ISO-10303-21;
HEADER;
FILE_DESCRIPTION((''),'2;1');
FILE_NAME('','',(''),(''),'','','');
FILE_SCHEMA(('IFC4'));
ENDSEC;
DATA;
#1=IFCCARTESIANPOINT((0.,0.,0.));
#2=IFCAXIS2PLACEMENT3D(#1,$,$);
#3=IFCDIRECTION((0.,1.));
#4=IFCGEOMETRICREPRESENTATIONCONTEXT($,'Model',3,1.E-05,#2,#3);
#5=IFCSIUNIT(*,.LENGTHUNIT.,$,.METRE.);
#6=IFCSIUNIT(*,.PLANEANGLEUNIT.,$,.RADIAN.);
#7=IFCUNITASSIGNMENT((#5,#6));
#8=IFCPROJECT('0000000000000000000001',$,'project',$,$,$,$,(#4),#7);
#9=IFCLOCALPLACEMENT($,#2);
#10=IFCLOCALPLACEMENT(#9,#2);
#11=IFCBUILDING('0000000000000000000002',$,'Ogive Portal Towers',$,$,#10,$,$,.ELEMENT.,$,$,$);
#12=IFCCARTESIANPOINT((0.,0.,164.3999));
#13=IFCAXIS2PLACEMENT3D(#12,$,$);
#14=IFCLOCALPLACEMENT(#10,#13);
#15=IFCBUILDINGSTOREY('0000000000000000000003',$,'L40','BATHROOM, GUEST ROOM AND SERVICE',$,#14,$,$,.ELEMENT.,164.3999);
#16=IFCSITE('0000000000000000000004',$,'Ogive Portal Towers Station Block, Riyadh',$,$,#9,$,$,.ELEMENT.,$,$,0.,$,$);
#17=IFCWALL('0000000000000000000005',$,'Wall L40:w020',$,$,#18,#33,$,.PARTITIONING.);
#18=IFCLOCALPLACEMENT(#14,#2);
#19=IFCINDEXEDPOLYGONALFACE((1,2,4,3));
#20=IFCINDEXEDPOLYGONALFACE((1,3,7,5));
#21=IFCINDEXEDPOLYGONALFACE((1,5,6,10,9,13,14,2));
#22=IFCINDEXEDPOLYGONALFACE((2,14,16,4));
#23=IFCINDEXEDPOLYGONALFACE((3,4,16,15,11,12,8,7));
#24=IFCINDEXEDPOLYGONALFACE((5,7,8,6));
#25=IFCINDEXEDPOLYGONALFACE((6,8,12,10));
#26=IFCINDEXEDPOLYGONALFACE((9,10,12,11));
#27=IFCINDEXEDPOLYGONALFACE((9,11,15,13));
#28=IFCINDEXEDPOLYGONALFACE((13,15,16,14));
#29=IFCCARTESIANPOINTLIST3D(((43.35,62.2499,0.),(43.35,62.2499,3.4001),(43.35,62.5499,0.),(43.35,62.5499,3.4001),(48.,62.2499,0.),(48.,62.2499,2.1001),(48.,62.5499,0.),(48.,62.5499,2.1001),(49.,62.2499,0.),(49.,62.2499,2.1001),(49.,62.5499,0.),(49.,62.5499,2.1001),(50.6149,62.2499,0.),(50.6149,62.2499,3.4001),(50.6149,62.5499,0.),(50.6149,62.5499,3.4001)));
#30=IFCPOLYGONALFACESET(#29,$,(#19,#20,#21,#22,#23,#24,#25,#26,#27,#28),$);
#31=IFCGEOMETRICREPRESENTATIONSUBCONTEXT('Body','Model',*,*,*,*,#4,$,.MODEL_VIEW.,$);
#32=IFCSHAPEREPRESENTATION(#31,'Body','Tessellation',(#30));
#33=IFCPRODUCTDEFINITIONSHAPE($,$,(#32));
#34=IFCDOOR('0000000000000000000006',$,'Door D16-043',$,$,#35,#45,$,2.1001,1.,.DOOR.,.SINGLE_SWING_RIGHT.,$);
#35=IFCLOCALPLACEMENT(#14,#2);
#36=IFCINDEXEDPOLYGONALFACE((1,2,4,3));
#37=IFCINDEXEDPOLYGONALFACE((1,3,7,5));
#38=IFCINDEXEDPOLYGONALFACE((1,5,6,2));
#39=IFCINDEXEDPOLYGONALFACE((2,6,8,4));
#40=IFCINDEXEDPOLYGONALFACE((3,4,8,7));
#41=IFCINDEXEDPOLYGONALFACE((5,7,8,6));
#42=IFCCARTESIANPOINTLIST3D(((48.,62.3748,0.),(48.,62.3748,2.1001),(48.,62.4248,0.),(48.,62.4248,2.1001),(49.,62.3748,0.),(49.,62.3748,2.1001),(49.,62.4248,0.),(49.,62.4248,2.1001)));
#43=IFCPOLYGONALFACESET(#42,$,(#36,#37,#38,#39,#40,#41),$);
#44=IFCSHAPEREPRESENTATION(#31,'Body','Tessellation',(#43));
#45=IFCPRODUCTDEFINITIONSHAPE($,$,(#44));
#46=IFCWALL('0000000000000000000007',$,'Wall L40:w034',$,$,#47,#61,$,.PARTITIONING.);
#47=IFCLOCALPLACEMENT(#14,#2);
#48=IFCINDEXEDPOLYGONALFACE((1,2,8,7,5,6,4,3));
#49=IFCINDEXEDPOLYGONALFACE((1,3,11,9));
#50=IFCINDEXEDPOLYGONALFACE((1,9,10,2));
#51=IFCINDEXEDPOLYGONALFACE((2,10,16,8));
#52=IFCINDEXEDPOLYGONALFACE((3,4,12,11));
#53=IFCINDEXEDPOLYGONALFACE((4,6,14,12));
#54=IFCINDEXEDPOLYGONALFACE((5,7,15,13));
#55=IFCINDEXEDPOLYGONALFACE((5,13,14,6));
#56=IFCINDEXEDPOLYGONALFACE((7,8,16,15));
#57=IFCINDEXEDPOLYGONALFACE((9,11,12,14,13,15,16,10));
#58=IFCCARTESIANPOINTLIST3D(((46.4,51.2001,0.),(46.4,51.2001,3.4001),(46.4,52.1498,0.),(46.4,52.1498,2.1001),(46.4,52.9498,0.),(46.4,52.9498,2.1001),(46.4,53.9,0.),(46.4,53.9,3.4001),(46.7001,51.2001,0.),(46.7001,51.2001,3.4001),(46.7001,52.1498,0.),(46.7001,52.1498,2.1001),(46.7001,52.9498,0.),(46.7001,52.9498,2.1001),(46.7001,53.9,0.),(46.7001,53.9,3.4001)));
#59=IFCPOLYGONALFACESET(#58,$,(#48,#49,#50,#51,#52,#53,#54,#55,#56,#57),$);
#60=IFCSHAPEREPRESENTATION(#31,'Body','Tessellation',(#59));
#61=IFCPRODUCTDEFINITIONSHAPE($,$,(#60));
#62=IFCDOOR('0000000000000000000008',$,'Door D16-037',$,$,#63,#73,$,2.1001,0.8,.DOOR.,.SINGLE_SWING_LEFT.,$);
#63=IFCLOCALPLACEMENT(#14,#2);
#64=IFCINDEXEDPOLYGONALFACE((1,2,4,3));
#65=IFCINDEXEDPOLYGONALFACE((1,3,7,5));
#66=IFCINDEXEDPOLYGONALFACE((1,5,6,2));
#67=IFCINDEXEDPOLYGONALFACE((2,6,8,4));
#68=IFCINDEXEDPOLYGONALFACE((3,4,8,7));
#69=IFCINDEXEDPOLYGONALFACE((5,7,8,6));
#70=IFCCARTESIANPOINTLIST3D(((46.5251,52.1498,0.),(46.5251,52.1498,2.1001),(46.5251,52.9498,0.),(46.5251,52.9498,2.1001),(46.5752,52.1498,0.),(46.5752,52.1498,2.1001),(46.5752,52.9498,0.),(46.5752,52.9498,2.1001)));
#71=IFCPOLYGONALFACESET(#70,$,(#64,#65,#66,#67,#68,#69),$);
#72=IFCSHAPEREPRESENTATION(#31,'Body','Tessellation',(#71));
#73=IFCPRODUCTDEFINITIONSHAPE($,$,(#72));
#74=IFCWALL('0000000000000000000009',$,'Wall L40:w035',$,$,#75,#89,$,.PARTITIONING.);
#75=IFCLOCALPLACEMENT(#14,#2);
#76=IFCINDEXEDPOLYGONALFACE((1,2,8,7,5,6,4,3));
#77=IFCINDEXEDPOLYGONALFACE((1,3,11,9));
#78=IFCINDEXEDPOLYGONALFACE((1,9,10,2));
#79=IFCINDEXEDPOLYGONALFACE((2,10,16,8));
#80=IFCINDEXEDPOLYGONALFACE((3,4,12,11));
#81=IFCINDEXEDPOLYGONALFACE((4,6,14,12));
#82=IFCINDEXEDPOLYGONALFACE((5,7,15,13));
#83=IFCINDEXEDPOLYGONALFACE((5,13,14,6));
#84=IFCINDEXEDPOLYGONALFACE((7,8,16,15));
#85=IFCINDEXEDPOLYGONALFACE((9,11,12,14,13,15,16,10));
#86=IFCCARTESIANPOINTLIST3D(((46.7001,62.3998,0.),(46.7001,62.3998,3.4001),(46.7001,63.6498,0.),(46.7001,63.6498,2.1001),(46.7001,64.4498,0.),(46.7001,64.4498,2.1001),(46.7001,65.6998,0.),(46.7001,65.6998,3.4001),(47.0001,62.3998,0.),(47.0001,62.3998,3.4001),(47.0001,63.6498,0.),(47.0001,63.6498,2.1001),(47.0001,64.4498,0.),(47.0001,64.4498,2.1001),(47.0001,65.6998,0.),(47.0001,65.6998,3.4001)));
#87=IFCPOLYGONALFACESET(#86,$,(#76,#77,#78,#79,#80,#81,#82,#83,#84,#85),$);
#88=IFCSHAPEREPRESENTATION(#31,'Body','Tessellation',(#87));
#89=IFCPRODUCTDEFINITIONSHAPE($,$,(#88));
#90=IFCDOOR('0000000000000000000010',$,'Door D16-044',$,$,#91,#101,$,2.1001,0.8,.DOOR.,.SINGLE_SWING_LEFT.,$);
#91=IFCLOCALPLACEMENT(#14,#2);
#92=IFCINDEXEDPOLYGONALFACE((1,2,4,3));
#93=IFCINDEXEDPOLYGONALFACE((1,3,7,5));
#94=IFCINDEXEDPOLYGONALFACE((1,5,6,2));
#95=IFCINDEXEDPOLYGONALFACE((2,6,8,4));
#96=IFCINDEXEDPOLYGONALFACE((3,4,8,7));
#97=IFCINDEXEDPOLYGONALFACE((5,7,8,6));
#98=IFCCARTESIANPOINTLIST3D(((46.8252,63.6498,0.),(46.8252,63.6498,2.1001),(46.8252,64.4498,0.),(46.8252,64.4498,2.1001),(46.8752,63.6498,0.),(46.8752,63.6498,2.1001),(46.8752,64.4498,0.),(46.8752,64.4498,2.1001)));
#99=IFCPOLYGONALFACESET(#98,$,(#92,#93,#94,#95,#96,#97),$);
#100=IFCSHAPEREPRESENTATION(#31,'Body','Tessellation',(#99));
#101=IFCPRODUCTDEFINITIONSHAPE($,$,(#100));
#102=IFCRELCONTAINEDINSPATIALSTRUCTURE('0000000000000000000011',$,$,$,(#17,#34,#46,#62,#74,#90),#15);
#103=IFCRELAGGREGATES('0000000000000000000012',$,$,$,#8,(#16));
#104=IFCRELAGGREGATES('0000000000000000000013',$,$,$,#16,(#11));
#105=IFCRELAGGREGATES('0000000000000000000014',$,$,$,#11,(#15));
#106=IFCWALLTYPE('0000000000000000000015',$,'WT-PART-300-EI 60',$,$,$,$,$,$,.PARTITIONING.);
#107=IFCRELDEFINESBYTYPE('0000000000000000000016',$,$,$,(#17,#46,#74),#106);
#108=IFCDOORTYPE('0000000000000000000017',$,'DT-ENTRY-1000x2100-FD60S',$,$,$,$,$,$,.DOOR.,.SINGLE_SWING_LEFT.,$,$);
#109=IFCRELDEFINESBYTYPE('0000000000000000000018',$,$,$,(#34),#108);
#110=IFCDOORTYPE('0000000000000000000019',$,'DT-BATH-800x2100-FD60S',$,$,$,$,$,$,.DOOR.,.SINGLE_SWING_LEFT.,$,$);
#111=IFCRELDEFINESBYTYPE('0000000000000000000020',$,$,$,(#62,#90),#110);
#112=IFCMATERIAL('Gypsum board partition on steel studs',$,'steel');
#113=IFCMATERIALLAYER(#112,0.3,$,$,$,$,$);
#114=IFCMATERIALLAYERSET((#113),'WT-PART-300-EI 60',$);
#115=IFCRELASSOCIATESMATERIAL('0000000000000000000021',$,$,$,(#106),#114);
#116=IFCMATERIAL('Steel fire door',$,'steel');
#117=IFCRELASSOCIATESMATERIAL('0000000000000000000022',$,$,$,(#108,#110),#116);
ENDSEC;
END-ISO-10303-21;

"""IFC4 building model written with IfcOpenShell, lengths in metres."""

from ifc_helpers import new_model, si_unit, direction, frame, frame_2d, origin, place, context, subcontext, project, spatial, rectangle, extrude, material, layer, layer_set, type_object, element, fill, save


model = new_model("IFC4")

# Units and contexts
model_context = context("Model", 3, precision=1e-05, world=origin(), true_north=direction((0.0, 1.0)))
body_context = subcontext(model_context, "Body", "Model", "MODEL_VIEW")
ifc_project = project(units=[si_unit("LENGTHUNIT", "METRE"), si_unit("PLANEANGLEUNIT", "RADIAN")], contexts=[model_context])

# Site, building, storey
site_placement = place(None, origin())
site = spatial("IfcSite", under=ifc_project, at=site_placement, Name="Ogive Portal Towers Station Block, Riyadh", CompositionType="ELEMENT", RefElevation=0.0)
building_placement = place(site_placement, origin())
building = spatial("IfcBuilding", under=site, at=building_placement, Name="Ogive Portal Towers", CompositionType="ELEMENT")
storey_placement = place(building_placement, frame((0.0, 0.0, 164.3999)))
storey = spatial("IfcBuildingStorey", under=building, at=storey_placement, Name="L40", Description="BATHROOM, GUEST ROOM AND SERVICE", CompositionType="ELEMENT", Elevation=164.3999)

# Shared definitions
ifc_material_1 = material(Name="Gypsum board partition on steel studs", Category="steel")
ifc_layer_1 = layer(ifc_material_1, 0.3)
ifc_layer_set_1 = layer_set([ifc_layer_1], Name="WT-PART-300-EI 60")
wall_type_1 = type_object("IfcWallType", Name="WT-PART-300-EI 60", PredefinedType="PARTITIONING", material=ifc_layer_set_1)

# Walls, openings, doors
wall_1_placement = place(storey_placement, frame((43.3501, 62.3999, 0.0), z_axis=(0.0, 0.0, 1.0), x_axis=(1.0, 0.0, 0.0)))
wall_1 = element("IfcWall", 1, at=wall_1_placement, inside=storey, type_object=wall_type_1, Name="Wall L40:w020", PredefinedType="PARTITIONING", context=body_context, shape_type="SweptSolid", body=[
    extrude(rectangle(XDim=7.2649, YDim=0.3, at=frame_2d((3.6323, 0.0))), origin(), (0.0, 0.0, 1.0), 3.4001),
])
opening_1_placement = place(wall_1_placement, frame((4.6499, 0.0, 0.0)))
opening_1 = element("IfcOpeningElement", 2, at=opening_1_placement, cuts=wall_1, PredefinedType="OPENING", context=body_context, shape_type="SweptSolid", body=[
    extrude(rectangle(XDim=1.0, YDim=2.1001, at=frame_2d((0.5, 1.05))), frame((0.0, 0.1602, 0.0), z_axis=(0.0, -1.0, 0.0), x_axis=(1.0, 0.0, 0.0)), (0.0, 0.0, 1.0), 0.3201),
])
ifc_material_2 = material(Name="Steel fire door", Category="steel")
door_type_1 = type_object("IfcDoorType", Name="DT-ENTRY-1000x2100-FD60S", OperationType="SINGLE_SWING_LEFT", PredefinedType="DOOR", material=ifc_material_2)
door_1_placement = place(opening_1_placement, origin())
door_1 = element("IfcDoor", 3, at=door_1_placement, inside=storey, type_object=door_type_1, Name="Door D16-043", OperationType="SINGLE_SWING_RIGHT", OverallHeight=2.1001, OverallWidth=1.0, PredefinedType="DOOR", context=body_context, shape_type="SweptSolid", body=[
    extrude(rectangle(XDim=1.0, YDim=2.1001, at=frame_2d((0.5, 1.05))), frame((0.0, 0.0249, 0.0), z_axis=(0.0, -1.0, 0.0), x_axis=(1.0, 0.0, 0.0)), (0.0, 0.0, 1.0), 0.05),
])
fill(opening_1, door_1)
wall_2_placement = place(storey_placement, frame((46.55, 51.2, 0.0), z_axis=(0.0, 0.0, 1.0), x_axis=(0.0, 1.0, 0.0)))
wall_2 = element("IfcWall", 4, at=wall_2_placement, inside=storey, type_object=wall_type_1, Name="Wall L40:w034", PredefinedType="PARTITIONING", context=body_context, shape_type="SweptSolid", body=[
    extrude(rectangle(XDim=2.7, YDim=0.3, at=frame_2d((1.3501, 0.0))), origin(), (0.0, 0.0, 1.0), 3.4001),
])
opening_2_placement = place(wall_2_placement, frame((0.95, 0.0, 0.0)))
opening_2 = element("IfcOpeningElement", 5, at=opening_2_placement, cuts=wall_2, PredefinedType="OPENING", context=body_context, shape_type="SweptSolid", body=[
    extrude(rectangle(XDim=0.8, YDim=2.1001, at=frame_2d((0.3999, 1.05))), frame((0.0, 0.1602, 0.0), z_axis=(0.0, -1.0, 0.0), x_axis=(1.0, 0.0, 0.0)), (0.0, 0.0, 1.0), 0.3201),
])
door_type_2 = type_object("IfcDoorType", Name="DT-BATH-800x2100-FD60S", OperationType="SINGLE_SWING_LEFT", PredefinedType="DOOR", material=ifc_material_2)
door_2_placement = place(opening_2_placement, origin())
door_2 = element("IfcDoor", 6, at=door_2_placement, inside=storey, type_object=door_type_2, Name="Door D16-037", OperationType="SINGLE_SWING_LEFT", OverallHeight=2.1001, OverallWidth=0.8, PredefinedType="DOOR", context=body_context, shape_type="SweptSolid", body=[
    extrude(rectangle(XDim=0.8, YDim=2.1001, at=frame_2d((0.3999, 1.05))), frame((0.0, 0.0249, 0.0), z_axis=(0.0, -1.0, 0.0), x_axis=(1.0, 0.0, 0.0)), (0.0, 0.0, 1.0), 0.05),
])
fill(opening_2, door_2)
wall_3_placement = place(storey_placement, frame((46.8501, 62.3999, 0.0), z_axis=(0.0, 0.0, 1.0), x_axis=(0.0, 1.0, 0.0)))
wall_3 = element("IfcWall", 7, at=wall_3_placement, inside=storey, type_object=wall_type_1, Name="Wall L40:w035", PredefinedType="PARTITIONING", context=body_context, shape_type="SweptSolid", body=[
    extrude(rectangle(XDim=3.3, YDim=0.3, at=frame_2d((1.6499, 0.0))), origin(), (0.0, 0.0, 1.0), 3.4001),
])
opening_3_placement = place(wall_3_placement, frame((1.25, 0.0, 0.0)))
opening_3 = element("IfcOpeningElement", 8, at=opening_3_placement, cuts=wall_3, PredefinedType="OPENING", context=body_context, shape_type="SweptSolid", body=[
    extrude(rectangle(XDim=0.8, YDim=2.1001, at=frame_2d((0.3999, 1.05))), frame((0.0, 0.1602, 0.0), z_axis=(0.0, -1.0, 0.0), x_axis=(1.0, 0.0, 0.0)), (0.0, 0.0, 1.0), 0.3201),
])
door_3_placement = place(opening_3_placement, origin())
door_3 = element("IfcDoor", 9, at=door_3_placement, inside=storey, type_object=door_type_2, Name="Door D16-044", OperationType="SINGLE_SWING_LEFT", OverallHeight=2.1001, OverallWidth=0.8, PredefinedType="DOOR", context=body_context, shape_type="SweptSolid", body=[
    extrude(rectangle(XDim=0.8, YDim=2.1001, at=frame_2d((0.3999, 1.05))), frame((0.0, 0.0249, 0.0), z_axis=(0.0, -1.0, 0.0), x_axis=(1.0, 0.0, 0.0)), (0.0, 0.0, 1.0), 0.05),
])
fill(opening_3, door_3)

save(model, "model.ifc")
